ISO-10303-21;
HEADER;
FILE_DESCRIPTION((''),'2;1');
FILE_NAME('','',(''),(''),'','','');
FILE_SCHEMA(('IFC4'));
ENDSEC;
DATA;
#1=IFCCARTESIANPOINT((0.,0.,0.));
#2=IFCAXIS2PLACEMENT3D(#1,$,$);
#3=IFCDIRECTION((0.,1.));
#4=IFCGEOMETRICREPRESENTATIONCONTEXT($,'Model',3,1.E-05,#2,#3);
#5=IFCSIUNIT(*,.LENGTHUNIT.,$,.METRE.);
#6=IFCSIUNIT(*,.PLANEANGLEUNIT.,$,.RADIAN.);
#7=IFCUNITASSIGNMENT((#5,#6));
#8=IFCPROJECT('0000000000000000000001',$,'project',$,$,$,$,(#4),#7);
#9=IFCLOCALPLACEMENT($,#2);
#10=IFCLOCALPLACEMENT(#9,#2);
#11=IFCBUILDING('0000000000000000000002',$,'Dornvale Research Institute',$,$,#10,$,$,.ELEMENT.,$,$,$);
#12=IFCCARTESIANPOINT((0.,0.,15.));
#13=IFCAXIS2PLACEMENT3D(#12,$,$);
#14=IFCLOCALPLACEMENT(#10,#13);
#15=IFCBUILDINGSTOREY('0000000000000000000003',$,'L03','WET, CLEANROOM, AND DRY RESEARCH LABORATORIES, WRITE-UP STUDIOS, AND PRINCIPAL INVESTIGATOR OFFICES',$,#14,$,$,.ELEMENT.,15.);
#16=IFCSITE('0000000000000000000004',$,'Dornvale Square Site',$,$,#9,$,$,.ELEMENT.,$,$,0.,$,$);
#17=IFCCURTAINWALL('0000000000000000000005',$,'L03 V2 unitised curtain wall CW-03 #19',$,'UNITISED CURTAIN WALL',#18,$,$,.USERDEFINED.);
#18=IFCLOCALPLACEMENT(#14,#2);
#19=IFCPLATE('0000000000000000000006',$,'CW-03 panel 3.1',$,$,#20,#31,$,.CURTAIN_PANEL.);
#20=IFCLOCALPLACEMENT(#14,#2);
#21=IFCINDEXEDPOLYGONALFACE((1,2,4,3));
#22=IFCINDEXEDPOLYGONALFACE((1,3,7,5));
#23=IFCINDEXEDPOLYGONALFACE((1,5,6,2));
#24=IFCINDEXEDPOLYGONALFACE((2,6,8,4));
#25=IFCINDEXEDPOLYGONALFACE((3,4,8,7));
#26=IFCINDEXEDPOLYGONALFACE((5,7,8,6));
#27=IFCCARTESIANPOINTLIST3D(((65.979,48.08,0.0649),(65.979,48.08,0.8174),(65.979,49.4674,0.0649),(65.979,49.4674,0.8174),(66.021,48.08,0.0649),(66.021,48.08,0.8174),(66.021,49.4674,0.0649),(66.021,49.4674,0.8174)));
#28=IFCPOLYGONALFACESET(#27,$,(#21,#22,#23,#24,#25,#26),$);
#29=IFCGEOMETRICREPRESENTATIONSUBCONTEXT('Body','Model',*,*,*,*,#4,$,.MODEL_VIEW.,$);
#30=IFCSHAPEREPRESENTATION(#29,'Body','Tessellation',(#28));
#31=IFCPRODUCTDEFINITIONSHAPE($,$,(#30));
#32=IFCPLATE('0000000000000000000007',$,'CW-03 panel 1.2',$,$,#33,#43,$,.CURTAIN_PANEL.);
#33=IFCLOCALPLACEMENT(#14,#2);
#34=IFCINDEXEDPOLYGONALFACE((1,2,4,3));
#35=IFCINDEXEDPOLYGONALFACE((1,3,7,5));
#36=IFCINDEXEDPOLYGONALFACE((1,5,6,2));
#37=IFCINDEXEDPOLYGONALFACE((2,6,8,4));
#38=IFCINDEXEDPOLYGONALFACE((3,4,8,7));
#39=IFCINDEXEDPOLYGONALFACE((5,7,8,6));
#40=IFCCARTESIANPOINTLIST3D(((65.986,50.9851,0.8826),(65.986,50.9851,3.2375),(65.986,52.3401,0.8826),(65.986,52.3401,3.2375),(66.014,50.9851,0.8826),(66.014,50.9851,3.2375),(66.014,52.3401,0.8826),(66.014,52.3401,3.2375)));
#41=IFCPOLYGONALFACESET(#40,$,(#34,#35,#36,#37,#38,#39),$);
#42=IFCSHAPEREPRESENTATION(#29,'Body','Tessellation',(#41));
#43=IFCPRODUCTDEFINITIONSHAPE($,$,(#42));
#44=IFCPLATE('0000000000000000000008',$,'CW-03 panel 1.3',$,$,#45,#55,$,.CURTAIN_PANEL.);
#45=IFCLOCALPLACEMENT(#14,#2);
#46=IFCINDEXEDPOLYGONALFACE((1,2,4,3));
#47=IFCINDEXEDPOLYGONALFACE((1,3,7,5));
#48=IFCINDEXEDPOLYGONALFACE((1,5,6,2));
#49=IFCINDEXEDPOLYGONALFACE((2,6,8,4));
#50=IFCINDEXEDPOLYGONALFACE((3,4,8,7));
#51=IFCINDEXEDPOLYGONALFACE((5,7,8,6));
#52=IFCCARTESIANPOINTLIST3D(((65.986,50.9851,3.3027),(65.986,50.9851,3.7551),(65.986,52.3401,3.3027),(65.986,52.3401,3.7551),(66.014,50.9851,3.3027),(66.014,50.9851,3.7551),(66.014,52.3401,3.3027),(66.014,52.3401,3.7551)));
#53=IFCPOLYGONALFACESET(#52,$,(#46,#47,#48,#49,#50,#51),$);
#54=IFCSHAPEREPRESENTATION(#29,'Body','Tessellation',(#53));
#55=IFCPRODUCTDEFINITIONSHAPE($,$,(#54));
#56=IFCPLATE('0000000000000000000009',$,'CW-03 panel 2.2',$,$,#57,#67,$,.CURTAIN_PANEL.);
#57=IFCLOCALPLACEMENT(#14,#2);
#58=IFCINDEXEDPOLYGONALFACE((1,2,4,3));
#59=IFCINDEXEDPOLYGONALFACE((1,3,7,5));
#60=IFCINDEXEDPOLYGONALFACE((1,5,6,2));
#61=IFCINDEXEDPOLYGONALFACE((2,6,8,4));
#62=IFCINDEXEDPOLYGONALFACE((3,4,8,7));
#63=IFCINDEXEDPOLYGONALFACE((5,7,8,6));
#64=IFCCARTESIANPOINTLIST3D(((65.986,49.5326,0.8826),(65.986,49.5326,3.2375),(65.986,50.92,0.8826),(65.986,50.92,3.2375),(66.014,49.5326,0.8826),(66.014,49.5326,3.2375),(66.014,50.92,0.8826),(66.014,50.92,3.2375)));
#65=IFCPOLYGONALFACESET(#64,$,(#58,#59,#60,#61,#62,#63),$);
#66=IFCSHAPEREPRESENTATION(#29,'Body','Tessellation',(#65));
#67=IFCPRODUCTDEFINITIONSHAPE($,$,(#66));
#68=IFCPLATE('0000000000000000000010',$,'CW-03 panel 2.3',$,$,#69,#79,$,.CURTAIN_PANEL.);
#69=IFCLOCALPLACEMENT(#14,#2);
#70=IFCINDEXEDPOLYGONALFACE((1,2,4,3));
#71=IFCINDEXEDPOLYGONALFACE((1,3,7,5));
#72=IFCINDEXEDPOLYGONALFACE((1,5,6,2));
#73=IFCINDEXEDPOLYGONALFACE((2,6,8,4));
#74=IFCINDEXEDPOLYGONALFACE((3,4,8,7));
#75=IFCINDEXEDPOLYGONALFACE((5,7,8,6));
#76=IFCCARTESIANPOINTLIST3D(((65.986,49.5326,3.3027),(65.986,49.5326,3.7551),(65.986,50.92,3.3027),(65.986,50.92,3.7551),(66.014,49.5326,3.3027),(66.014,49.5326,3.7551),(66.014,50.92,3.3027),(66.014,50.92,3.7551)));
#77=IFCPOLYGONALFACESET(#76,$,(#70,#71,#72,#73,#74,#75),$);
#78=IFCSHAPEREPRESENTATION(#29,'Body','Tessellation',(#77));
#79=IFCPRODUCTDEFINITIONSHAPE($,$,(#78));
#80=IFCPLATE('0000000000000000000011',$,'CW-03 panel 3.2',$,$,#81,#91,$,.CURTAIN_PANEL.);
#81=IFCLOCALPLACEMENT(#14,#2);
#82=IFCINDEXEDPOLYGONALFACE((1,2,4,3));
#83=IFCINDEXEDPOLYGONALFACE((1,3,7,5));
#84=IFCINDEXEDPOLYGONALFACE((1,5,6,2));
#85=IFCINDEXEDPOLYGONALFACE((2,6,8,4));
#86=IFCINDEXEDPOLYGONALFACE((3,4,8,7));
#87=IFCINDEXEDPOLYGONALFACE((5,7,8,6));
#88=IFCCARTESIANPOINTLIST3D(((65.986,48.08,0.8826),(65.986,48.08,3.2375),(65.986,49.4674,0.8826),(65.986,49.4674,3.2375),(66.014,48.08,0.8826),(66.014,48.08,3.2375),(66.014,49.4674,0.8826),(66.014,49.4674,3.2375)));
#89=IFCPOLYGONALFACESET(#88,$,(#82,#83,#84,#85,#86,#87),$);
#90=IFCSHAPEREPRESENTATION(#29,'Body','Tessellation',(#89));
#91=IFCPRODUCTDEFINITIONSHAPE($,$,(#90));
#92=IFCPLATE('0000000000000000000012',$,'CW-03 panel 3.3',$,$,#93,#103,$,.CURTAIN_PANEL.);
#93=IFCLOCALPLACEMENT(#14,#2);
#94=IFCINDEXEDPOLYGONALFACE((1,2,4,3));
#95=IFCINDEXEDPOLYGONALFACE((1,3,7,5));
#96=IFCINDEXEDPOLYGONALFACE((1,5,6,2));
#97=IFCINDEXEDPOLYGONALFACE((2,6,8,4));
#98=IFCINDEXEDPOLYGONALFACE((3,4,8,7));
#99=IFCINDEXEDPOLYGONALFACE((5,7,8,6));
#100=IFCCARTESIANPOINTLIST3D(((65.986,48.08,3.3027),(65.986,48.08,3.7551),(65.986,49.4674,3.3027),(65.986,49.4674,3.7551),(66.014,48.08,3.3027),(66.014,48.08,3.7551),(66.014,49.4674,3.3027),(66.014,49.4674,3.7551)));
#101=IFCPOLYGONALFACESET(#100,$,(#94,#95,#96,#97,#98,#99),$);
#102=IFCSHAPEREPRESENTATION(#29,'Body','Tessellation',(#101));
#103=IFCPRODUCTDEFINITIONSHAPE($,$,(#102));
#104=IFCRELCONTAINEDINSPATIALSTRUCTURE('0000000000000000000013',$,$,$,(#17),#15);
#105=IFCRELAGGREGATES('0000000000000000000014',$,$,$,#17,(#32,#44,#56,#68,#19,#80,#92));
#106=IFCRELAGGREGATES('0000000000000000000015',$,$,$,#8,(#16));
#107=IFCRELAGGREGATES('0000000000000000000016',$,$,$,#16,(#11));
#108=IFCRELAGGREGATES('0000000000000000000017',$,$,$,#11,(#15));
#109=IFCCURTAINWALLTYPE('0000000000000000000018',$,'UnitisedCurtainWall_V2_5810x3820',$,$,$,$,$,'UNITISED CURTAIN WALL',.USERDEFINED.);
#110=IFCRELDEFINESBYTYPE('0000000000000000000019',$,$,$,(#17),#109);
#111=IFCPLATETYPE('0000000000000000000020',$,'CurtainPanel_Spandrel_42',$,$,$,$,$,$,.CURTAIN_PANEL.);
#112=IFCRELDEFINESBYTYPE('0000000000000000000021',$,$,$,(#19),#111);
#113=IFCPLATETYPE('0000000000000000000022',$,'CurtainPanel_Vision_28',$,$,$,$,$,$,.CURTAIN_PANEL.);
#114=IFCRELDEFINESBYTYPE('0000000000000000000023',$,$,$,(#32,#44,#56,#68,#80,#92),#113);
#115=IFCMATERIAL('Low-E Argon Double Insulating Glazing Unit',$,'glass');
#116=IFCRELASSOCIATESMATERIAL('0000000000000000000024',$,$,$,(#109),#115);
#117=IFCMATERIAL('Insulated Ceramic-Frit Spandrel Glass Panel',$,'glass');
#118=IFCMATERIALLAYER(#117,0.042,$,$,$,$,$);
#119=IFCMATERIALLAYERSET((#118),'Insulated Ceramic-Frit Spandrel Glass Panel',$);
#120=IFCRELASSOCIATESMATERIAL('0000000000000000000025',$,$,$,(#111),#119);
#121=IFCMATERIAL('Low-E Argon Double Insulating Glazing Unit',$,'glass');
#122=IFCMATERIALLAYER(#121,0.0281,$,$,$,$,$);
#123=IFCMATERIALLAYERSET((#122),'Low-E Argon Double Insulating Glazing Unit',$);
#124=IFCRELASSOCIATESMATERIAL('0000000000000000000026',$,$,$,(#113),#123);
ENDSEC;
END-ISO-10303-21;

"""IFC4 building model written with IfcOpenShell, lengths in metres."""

from ifc_helpers import new_model, si_unit, direction, frame, origin, origin_2d, place, context, subcontext, project, spatial, rectangle, extrude, material, layer, layer_set, type_object, element, aggregate, save


model = new_model("IFC4")

# Units and contexts
model_context = context("Model", 3, precision=1e-05, world=origin(), true_north=direction((0.0, 1.0)))
body_context = subcontext(model_context, "Body", "Model", "MODEL_VIEW")
ifc_project = project(units=[si_unit("LENGTHUNIT", "METRE"), si_unit("PLANEANGLEUNIT", "RADIAN")], contexts=[model_context])

# Site, building, storey
site_placement = place(None, origin())
site = spatial("IfcSite", under=ifc_project, at=site_placement, Name="Dornvale Square Site", CompositionType="ELEMENT", RefElevation=0.0)
building_placement = place(site_placement, origin())
building = spatial("IfcBuilding", under=site, at=building_placement, Name="Dornvale Research Institute", CompositionType="ELEMENT")
storey_placement = place(building_placement, frame((0.0, 0.0, 15.0)))
storey = spatial("IfcBuildingStorey", under=building, at=storey_placement, Name="L03", Description="WET, CLEANROOM, AND DRY RESEARCH LABORATORIES, WRITE-UP STUDIOS, AND PRINCIPAL INVESTIGATOR OFFICES", CompositionType="ELEMENT", Elevation=15.0)

# Curtain wall, plates
ifc_material_1 = material(Name="Low-E Argon Double Insulating Glazing Unit", Category="glass")
curtain_wall_type = type_object("IfcCurtainWallType", Name="UnitisedCurtainWall_V2_5810x3820", ElementType="UNITISED CURTAIN WALL", PredefinedType="USERDEFINED", material=ifc_material_1)
curtain_wall_placement = place(storey_placement, origin())
curtain_wall = element("IfcCurtainWall", 1, at=curtain_wall_placement, inside=storey, type_object=curtain_wall_type, Name="L03 V2 unitised curtain wall CW-03 #19", ObjectType="UNITISED CURTAIN WALL", PredefinedType="USERDEFINED")
ifc_material_2 = material(Name="Insulated Ceramic-Frit Spandrel Glass Panel", Category="glass")
ifc_layer_1 = layer(ifc_material_2, 0.042)
ifc_layer_set_1 = layer_set([ifc_layer_1], Name="Insulated Ceramic-Frit Spandrel Glass Panel")
plate_type_1 = type_object("IfcPlateType", Name="CurtainPanel_Spandrel_42", PredefinedType="CURTAIN_PANEL", material=ifc_layer_set_1)
plate_1_placement = place(storey_placement, frame((66.0, 48.7737, 0.0649), z_axis=(0.0, 0.0, 1.0), x_axis=(0.0, -1.0, 0.0)))
plate_1 = element("IfcPlate", 2, at=plate_1_placement, type_object=plate_type_1, Name="CW-03 panel 3.1", PredefinedType="CURTAIN_PANEL", context=body_context, shape_type="SweptSolid", body=[
    extrude(rectangle(XDim=1.3875, YDim=0.042, at=origin_2d()), origin(), (0.0, 0.0, 1.0), 0.7524),
])
ifc_material_3 = material(Name="Low-E Argon Double Insulating Glazing Unit", Category="glass")
ifc_layer_2 = layer(ifc_material_3, 0.0281)
ifc_layer_set_2 = layer_set([ifc_layer_2], Name="Low-E Argon Double Insulating Glazing Unit")
plate_type_2 = type_object("IfcPlateType", Name="CurtainPanel_Vision_28", PredefinedType="CURTAIN_PANEL", material=ifc_layer_set_2)
plate_2_placement = place(storey_placement, frame((66.0, 51.6626, 0.8826), z_axis=(0.0, 0.0, 1.0), x_axis=(0.0, -1.0, 0.0)))
plate_2 = element("IfcPlate", 3, at=plate_2_placement, type_object=plate_type_2, Name="CW-03 panel 1.2", PredefinedType="CURTAIN_PANEL", context=body_context, shape_type="SweptSolid", body=[
    extrude(rectangle(XDim=1.355, YDim=0.0281, at=origin_2d()), origin(), (0.0, 0.0, 1.0), 2.355),
])
plate_3_placement = place(storey_placement, frame((66.0, 51.6626, 3.3027), z_axis=(0.0, 0.0, 1.0), x_axis=(0.0, -1.0, 0.0)))
plate_3 = element("IfcPlate", 4, at=plate_3_placement, type_object=plate_type_2, Name="CW-03 panel 1.3", PredefinedType="CURTAIN_PANEL", context=body_context, shape_type="SweptSolid", body=[
    extrude(rectangle(XDim=1.355, YDim=0.0281, at=origin_2d()), origin(), (0.0, 0.0, 1.0), 0.4524),
])
plate_4_placement = place(storey_placement, frame((66.0, 50.2263, 0.8826), z_axis=(0.0, 0.0, 1.0), x_axis=(0.0, -1.0, 0.0)))
plate_4 = element("IfcPlate", 5, at=plate_4_placement, type_object=plate_type_2, Name="CW-03 panel 2.2", PredefinedType="CURTAIN_PANEL", context=body_context, shape_type="SweptSolid", body=[
    extrude(rectangle(XDim=1.3875, YDim=0.0281, at=origin_2d()), origin(), (0.0, 0.0, 1.0), 2.355),
])
plate_5_placement = place(storey_placement, frame((66.0, 50.2263, 3.3027), z_axis=(0.0, 0.0, 1.0), x_axis=(0.0, -1.0, 0.0)))
plate_5 = element("IfcPlate", 6, at=plate_5_placement, type_object=plate_type_2, Name="CW-03 panel 2.3", PredefinedType="CURTAIN_PANEL", context=body_context, shape_type="SweptSolid", body=[
    extrude(rectangle(XDim=1.3875, YDim=0.0281, at=origin_2d()), origin(), (0.0, 0.0, 1.0), 0.4524),
])
plate_6_placement = place(storey_placement, frame((66.0, 48.7737, 0.8826), z_axis=(0.0, 0.0, 1.0), x_axis=(0.0, -1.0, 0.0)))
plate_6 = element("IfcPlate", 7, at=plate_6_placement, type_object=plate_type_2, Name="CW-03 panel 3.2", PredefinedType="CURTAIN_PANEL", context=body_context, shape_type="SweptSolid", body=[
    extrude(rectangle(XDim=1.3875, YDim=0.0281, at=origin_2d()), origin(), (0.0, 0.0, 1.0), 2.355),
])
plate_7_placement = place(storey_placement, frame((66.0, 48.7737, 3.3027), z_axis=(0.0, 0.0, 1.0), x_axis=(0.0, -1.0, 0.0)))
plate_7 = element("IfcPlate", 8, at=plate_7_placement, type_object=plate_type_2, Name="CW-03 panel 3.3", PredefinedType="CURTAIN_PANEL", context=body_context, shape_type="SweptSolid", body=[
    extrude(rectangle(XDim=1.3875, YDim=0.0281, at=origin_2d()), origin(), (0.0, 0.0, 1.0), 0.4524),
])
aggregate(curtain_wall, [plate_2, plate_3, plate_4, plate_5, plate_1, plate_6, plate_7])

save(model, "model.ifc")
